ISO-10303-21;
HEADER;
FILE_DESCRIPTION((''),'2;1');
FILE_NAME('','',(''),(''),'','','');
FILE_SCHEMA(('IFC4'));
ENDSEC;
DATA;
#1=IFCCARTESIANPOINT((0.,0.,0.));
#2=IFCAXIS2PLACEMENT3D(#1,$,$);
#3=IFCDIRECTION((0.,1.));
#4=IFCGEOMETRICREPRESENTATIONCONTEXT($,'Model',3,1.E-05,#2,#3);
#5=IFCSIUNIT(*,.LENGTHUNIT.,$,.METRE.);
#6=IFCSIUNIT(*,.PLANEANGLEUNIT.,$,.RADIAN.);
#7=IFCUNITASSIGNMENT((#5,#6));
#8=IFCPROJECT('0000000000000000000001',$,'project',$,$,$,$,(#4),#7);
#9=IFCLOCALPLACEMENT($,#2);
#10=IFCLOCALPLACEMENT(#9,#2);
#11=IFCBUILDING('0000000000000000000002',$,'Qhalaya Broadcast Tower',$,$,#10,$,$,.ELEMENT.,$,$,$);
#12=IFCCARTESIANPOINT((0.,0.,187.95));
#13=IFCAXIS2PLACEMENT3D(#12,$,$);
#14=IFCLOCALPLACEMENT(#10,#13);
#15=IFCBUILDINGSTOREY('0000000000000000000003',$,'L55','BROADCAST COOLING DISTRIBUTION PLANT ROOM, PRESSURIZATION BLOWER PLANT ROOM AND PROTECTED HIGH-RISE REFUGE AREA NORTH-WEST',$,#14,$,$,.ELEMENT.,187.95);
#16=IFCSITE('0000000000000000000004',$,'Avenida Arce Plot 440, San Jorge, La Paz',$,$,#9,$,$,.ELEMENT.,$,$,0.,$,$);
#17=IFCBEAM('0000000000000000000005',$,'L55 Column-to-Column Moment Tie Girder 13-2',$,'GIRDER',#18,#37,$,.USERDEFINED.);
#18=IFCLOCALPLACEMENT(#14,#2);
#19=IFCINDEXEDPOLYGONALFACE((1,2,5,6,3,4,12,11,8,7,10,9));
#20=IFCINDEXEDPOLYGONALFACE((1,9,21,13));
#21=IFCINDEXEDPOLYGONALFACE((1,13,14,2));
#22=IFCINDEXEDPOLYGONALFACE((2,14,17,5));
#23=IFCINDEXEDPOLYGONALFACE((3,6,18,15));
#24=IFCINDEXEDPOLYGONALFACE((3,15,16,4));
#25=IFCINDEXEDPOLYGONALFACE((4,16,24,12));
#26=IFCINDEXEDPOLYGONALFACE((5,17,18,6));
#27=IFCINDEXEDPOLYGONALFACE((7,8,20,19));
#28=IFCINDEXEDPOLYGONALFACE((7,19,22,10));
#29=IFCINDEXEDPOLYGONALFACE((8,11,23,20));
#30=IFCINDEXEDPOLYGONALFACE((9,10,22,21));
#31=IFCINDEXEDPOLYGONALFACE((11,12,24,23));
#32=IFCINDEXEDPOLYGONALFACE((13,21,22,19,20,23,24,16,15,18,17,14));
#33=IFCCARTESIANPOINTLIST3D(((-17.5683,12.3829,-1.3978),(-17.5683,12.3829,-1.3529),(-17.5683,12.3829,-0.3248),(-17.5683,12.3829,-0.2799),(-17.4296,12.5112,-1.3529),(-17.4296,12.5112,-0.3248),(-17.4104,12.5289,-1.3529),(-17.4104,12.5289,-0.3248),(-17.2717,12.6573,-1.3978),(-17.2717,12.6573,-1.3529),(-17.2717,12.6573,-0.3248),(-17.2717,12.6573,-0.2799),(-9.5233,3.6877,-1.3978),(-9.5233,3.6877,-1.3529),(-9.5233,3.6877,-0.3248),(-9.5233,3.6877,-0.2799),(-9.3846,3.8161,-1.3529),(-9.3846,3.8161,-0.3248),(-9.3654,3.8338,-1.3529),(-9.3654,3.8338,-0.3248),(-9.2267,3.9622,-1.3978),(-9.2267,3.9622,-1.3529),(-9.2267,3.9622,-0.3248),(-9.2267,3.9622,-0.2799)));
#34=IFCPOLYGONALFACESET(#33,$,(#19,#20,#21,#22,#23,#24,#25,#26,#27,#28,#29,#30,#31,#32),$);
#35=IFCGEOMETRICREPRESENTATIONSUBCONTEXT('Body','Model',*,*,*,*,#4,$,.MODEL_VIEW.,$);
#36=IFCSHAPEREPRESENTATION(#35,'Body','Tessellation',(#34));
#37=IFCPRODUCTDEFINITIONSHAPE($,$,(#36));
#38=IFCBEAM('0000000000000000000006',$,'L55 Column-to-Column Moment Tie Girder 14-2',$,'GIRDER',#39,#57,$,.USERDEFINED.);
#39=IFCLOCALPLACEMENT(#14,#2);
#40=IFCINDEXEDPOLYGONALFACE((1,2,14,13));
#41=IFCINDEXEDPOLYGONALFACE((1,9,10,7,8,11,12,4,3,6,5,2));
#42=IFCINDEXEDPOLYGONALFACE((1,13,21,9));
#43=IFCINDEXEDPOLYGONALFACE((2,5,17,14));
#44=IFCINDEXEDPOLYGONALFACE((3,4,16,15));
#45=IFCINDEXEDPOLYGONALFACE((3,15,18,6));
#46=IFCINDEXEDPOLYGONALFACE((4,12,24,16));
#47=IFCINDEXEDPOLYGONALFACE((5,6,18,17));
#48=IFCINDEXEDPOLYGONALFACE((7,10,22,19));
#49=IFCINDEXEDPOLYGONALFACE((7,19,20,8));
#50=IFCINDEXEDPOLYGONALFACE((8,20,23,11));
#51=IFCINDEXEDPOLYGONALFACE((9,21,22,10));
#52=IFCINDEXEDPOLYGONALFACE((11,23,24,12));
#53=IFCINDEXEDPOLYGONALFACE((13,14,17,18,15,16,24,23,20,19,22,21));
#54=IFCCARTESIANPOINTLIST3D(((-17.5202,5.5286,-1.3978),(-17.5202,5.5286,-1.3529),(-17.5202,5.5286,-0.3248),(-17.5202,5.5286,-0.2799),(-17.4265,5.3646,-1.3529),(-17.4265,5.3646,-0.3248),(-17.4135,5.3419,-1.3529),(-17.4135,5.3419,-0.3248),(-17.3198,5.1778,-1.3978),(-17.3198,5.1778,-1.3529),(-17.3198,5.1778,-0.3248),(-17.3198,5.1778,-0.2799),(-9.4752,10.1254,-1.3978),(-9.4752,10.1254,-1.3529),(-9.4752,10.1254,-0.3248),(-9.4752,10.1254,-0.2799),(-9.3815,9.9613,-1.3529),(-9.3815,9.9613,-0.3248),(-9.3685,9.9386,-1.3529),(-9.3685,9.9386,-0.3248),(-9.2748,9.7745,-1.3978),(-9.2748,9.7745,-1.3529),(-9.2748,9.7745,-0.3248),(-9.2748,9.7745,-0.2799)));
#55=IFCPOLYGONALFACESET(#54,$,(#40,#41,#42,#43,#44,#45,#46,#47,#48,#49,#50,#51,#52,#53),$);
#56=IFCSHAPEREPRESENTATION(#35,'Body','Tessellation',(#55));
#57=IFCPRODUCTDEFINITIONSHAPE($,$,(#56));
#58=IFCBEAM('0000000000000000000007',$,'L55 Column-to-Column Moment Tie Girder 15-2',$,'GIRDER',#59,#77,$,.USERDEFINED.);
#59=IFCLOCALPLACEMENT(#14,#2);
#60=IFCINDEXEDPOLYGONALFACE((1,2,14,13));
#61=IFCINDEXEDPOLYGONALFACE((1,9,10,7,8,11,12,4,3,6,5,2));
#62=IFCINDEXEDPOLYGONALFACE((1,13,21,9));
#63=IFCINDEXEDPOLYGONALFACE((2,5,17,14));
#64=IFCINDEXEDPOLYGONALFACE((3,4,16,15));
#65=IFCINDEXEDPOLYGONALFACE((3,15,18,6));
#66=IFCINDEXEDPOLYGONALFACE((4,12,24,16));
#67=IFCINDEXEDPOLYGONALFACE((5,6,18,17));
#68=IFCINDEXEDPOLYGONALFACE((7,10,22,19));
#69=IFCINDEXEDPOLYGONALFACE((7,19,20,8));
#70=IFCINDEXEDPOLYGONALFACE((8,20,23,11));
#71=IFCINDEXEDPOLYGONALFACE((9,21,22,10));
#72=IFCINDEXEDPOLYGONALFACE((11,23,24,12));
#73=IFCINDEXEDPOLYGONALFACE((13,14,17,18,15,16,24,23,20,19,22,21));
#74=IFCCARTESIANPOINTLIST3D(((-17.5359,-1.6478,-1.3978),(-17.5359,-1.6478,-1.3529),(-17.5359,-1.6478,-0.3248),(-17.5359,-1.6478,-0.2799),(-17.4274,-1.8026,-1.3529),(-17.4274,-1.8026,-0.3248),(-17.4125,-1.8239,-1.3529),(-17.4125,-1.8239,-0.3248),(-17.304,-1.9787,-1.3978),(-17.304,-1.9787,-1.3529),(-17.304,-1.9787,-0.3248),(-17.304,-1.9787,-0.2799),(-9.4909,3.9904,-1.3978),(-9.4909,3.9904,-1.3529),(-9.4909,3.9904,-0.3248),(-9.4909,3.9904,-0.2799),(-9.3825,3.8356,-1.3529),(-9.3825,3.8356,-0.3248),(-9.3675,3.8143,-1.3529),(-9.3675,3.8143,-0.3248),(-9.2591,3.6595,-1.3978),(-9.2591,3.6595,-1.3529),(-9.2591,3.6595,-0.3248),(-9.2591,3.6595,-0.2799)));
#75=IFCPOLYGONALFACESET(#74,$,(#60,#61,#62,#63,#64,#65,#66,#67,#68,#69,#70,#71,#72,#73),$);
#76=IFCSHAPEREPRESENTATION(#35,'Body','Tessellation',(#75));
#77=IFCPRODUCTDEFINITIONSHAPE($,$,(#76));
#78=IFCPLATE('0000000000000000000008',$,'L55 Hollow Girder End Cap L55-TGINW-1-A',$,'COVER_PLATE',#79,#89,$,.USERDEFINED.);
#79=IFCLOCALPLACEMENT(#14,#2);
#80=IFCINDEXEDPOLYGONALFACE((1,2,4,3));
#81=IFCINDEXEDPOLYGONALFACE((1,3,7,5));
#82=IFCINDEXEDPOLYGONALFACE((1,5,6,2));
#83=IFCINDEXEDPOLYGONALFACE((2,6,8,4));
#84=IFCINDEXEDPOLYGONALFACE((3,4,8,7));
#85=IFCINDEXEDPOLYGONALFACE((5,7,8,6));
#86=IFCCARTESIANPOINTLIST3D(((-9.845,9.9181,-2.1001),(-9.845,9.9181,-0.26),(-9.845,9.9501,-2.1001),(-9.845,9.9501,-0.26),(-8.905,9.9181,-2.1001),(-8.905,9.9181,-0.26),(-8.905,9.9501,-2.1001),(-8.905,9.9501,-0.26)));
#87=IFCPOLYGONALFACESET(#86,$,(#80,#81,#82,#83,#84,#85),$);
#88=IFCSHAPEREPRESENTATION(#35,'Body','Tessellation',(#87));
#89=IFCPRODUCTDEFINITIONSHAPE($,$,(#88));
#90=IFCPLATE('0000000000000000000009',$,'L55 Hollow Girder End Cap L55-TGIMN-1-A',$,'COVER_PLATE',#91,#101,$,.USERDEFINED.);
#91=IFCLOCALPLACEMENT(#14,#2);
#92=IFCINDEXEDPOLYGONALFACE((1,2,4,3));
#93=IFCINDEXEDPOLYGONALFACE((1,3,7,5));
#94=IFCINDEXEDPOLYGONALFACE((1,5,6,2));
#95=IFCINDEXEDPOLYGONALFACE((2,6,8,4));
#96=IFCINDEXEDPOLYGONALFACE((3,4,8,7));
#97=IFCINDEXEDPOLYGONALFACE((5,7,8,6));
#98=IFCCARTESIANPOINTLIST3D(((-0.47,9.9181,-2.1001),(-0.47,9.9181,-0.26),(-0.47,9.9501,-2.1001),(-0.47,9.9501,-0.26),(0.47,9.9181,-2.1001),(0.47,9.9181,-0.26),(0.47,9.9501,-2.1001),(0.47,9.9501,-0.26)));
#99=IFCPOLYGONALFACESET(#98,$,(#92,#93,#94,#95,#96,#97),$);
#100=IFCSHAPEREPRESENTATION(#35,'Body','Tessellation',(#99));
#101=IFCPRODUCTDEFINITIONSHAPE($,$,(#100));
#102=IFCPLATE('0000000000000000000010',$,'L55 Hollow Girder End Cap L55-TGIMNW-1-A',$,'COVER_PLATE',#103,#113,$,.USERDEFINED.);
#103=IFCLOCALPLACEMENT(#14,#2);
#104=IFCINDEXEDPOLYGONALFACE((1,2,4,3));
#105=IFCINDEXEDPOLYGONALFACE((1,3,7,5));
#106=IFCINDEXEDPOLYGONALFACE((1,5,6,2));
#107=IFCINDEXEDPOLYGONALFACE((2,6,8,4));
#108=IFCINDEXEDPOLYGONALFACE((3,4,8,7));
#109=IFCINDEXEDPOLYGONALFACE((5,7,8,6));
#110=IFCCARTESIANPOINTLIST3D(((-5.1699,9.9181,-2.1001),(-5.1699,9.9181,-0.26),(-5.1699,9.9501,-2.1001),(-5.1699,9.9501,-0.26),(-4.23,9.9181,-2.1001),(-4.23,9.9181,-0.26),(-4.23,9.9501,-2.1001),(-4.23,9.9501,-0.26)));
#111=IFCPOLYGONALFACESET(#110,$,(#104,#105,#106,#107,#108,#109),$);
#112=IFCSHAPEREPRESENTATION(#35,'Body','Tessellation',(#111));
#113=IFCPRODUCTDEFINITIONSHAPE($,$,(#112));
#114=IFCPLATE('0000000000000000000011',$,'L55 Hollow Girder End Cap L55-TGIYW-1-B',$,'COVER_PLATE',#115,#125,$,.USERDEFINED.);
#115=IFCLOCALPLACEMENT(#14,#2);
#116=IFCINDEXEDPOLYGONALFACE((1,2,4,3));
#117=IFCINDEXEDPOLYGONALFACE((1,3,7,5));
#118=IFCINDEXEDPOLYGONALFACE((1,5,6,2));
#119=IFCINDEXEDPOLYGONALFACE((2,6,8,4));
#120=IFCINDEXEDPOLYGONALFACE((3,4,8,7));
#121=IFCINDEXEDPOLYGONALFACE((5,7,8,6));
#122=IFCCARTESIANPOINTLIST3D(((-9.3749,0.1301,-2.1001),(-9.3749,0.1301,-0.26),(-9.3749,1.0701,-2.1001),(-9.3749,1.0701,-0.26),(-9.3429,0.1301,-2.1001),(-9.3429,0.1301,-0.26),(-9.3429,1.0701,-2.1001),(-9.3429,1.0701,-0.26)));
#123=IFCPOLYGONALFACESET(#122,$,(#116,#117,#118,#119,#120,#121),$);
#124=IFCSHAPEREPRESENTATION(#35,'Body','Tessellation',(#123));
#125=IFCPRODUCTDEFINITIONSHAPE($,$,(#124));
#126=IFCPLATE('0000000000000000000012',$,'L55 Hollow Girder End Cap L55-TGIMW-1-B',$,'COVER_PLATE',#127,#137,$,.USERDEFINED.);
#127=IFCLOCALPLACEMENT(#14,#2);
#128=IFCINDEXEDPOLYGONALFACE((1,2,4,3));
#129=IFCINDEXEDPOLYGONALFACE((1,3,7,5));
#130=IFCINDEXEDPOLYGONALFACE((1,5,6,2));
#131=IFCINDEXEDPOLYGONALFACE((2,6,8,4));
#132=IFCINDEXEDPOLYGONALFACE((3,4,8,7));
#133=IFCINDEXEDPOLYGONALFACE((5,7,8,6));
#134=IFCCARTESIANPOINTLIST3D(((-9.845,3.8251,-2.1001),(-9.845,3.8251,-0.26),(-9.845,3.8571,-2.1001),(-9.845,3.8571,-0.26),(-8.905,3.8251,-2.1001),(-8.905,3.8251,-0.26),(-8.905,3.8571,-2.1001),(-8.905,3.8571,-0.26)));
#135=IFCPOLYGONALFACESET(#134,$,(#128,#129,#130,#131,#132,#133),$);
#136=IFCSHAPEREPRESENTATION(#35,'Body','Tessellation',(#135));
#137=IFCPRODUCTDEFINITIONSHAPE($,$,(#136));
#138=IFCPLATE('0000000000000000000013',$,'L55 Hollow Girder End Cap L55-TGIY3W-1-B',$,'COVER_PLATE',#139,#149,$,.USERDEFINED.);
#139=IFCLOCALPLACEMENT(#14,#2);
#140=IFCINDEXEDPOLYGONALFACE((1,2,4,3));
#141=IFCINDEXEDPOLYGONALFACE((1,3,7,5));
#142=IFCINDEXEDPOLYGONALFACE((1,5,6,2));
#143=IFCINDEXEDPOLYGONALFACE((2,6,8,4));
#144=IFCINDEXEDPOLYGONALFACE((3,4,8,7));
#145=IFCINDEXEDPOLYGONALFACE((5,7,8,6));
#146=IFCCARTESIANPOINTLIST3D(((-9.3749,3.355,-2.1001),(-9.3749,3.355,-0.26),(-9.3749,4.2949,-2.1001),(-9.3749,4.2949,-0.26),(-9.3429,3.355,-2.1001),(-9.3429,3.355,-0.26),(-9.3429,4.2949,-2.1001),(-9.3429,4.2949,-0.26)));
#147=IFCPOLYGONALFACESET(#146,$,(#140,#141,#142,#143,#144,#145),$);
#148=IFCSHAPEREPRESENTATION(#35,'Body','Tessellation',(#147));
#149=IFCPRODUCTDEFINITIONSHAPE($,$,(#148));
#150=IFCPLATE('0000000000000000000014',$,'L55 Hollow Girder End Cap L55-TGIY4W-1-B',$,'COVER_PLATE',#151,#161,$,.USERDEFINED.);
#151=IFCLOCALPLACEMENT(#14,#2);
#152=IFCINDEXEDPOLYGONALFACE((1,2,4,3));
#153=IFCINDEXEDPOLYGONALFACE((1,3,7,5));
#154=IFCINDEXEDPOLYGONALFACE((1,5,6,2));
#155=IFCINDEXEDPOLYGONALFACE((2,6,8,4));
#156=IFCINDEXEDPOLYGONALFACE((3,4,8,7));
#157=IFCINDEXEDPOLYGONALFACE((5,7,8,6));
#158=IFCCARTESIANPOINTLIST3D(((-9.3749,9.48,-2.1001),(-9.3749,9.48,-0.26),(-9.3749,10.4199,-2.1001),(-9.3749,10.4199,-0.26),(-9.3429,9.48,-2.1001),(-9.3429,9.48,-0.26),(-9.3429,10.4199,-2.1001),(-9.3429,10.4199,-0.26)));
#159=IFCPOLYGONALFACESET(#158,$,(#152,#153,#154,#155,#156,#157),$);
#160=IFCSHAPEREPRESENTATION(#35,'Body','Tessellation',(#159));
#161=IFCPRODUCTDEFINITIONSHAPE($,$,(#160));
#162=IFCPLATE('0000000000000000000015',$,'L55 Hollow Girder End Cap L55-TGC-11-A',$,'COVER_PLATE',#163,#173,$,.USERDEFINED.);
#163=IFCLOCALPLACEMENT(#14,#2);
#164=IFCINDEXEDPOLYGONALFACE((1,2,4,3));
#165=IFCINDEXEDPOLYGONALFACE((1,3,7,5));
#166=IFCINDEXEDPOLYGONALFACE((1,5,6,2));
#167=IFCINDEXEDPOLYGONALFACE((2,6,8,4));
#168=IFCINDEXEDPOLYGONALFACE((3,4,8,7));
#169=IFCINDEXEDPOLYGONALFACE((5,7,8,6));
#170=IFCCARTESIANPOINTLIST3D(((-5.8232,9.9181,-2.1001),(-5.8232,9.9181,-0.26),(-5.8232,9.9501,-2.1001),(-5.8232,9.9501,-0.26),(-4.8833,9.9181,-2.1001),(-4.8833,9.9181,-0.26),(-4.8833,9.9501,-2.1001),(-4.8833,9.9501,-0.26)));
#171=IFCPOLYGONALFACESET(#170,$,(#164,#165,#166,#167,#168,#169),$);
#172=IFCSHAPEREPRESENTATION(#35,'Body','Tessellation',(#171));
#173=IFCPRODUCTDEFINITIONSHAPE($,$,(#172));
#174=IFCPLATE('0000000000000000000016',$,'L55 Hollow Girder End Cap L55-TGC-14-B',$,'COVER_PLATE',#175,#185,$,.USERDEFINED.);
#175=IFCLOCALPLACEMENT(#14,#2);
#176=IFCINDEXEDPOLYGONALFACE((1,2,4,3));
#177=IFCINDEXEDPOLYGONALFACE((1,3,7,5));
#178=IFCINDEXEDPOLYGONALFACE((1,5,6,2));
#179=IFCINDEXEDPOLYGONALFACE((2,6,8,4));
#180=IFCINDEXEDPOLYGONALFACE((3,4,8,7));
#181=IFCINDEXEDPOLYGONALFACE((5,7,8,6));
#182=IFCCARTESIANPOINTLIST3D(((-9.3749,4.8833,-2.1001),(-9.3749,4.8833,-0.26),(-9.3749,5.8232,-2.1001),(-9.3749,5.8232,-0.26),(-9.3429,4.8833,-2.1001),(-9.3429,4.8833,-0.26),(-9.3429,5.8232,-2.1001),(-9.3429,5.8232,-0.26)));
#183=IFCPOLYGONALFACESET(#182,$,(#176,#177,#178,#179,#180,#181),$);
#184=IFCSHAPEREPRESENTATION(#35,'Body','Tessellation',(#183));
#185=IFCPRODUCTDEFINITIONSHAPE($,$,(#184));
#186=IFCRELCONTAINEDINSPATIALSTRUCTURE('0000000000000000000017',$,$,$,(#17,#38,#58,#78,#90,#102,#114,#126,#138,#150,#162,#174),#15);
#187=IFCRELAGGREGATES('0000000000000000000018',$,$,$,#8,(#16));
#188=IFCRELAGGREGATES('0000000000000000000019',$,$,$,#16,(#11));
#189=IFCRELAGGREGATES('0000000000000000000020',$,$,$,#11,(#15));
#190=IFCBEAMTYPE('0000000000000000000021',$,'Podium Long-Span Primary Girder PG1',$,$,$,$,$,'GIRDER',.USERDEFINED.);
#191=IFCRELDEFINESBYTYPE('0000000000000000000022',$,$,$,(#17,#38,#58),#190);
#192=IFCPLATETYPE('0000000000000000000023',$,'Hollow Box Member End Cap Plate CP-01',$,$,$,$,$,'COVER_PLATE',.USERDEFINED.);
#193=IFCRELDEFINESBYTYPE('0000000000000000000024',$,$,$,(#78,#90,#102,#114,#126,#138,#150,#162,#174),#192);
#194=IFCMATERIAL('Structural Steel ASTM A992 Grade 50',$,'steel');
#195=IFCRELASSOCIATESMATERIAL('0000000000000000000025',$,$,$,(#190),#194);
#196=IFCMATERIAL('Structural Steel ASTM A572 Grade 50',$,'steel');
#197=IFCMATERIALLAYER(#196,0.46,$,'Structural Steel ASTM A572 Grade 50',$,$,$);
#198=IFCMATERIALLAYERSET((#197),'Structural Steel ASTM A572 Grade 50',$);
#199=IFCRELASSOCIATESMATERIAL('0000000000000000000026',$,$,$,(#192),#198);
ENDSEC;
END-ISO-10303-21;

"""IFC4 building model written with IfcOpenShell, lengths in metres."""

from ifc_helpers import new_model, si_unit, direction, frame, origin, origin_2d, place, context, subcontext, project, spatial, rectangle, i_section, extrude, material, layer, layer_set, material_profile, profile_set, type_object, element, save


model = new_model("IFC4")

# Units and contexts
model_context = context("Model", 3, precision=1e-05, world=origin(), true_north=direction((0.0, 1.0)))
body_context = subcontext(model_context, "Body", "Model", "MODEL_VIEW")
ifc_project = project(units=[si_unit("LENGTHUNIT", "METRE"), si_unit("PLANEANGLEUNIT", "RADIAN")], contexts=[model_context])

# Site, building, storey
site_placement = place(None, origin())
site = spatial("IfcSite", under=ifc_project, at=site_placement, Name="Avenida Arce Plot 440, San Jorge, La Paz", CompositionType="ELEMENT", RefElevation=0.0)
building_placement = place(site_placement, origin())
building = spatial("IfcBuilding", under=site, at=building_placement, Name="Qhalaya Broadcast Tower", CompositionType="ELEMENT")
storey_placement = place(building_placement, frame((0.0, 0.0, 187.95)))
storey = spatial("IfcBuildingStorey", under=building, at=storey_placement, Name="L55", Description="BROADCAST COOLING DISTRIBUTION PLANT ROOM, PRESSURIZATION BLOWER PLANT ROOM AND PROTECTED HIGH-RISE REFUGE AREA NORTH-WEST", CompositionType="ELEMENT", Elevation=187.95)

# Beams
ifc_material_1 = material(Name="Structural Steel ASTM A572 Grade 50", Category="steel")
ifc_material_2 = material(Name="Structural Steel ASTM A992 Grade 50", Category="steel")
ifc_material_profile_1 = material_profile(ifc_material_2, i_section(OverallWidth=0.4041, OverallDepth=1.1179, WebThickness=0.0261, FlangeThickness=0.0449, at=origin_2d()), Name="W44X335")
ifc_profile_set_1 = profile_set([ifc_material_profile_1], Name="Structural Steel ASTM A992 Grade 50")
beam_type_1 = type_object("IfcBeamType", Name="Podium Long-Span Primary Girder PG1", ElementType="GIRDER", PredefinedType="USERDEFINED", material=ifc_profile_set_1)
beam_1_placement = place(storey_placement, frame((-9.375, 3.825, -0.8389), z_axis=(-0.679132, 0.734016, 0.0), x_axis=(-0.734016, -0.679132, 0.0)))
element("IfcBeam", 1, at=beam_1_placement, inside=storey, type_object=beam_type_1, Name="L55 Column-to-Column Moment Tie Girder 13-2", ObjectType="GIRDER", PredefinedType="USERDEFINED", context=body_context, shape_type="SweptSolid", body=[
    extrude(i_section(OverallWidth=0.4041, OverallDepth=1.1179, WebThickness=0.0261, FlangeThickness=0.0449, at=origin_2d()), origin(), (0.0, 0.0, 1.0), 11.8459),
])
beam_2_placement = place(storey_placement, frame((-9.375, 9.95, -0.8389), z_axis=(-0.868263, -0.496105, 0.0), x_axis=(0.496105, -0.868263, 0.0)))
element("IfcBeam", 2, at=beam_2_placement, inside=storey, type_object=beam_type_1, Name="L55 Column-to-Column Moment Tie Girder 14-2", ObjectType="GIRDER", PredefinedType="USERDEFINED", context=body_context, shape_type="SweptSolid", body=[
    extrude(i_section(OverallWidth=0.4041, OverallDepth=1.1179, WebThickness=0.0261, FlangeThickness=0.0449, at=origin_2d()), origin(), (0.0, 0.0, 1.0), 9.2656),
])
beam_3_placement = place(storey_placement, frame((-9.375, 3.825, -0.8389), z_axis=(-0.81891, -0.573923, 0.0), x_axis=(0.573923, -0.81891, 0.0)))
element("IfcBeam", 3, at=beam_3_placement, inside=storey, type_object=beam_type_1, Name="L55 Column-to-Column Moment Tie Girder 15-2", ObjectType="GIRDER", PredefinedType="USERDEFINED", context=body_context, shape_type="SweptSolid", body=[
    extrude(i_section(OverallWidth=0.4041, OverallDepth=1.1179, WebThickness=0.0261, FlangeThickness=0.0449, at=origin_2d()), origin(), (0.0, 0.0, 1.0), 9.824),
])

# Plates
ifc_layer_1 = layer(ifc_material_1, 0.46, Name="Structural Steel ASTM A572 Grade 50")
ifc_layer_set_1 = layer_set([ifc_layer_1], Name="Structural Steel ASTM A572 Grade 50")
plate_type = type_object("IfcPlateType", Name="Hollow Box Member End Cap Plate CP-01", ElementType="COVER_PLATE", PredefinedType="USERDEFINED", material=ifc_layer_set_1)
for number, where, z_axis, x_axis, name in (
    (4, (-9.375, 9.9341, -2.1001), (0.0, 0.0, 1.0), (-1.0, 0.0, 0.0), "L55 Hollow Girder End Cap L55-TGINW-1-A"),
    (5, (0.0, 9.9341, -2.1001), (0.0, 0.0, 1.0), (-1.0, 0.0, 0.0), "L55 Hollow Girder End Cap L55-TGIMN-1-A"),
    (6, (-4.7, 9.9341, -2.1001), (0.0, 0.0, 1.0), (-1.0, 0.0, 0.0), "L55 Hollow Girder End Cap L55-TGIMNW-1-A"),
    (7, (-9.3589, 0.6001, -2.1001), (0.0, 0.0, 1.0), (0.0, 1.0, 0.0), "L55 Hollow Girder End Cap L55-TGIYW-1-B"),
    (8, (-9.375, 3.8411, -2.1001), (0.0, 0.0, 1.0), (-1.0, 0.0, 0.0), "L55 Hollow Girder End Cap L55-TGIMW-1-B"),
    (9, (-9.3589, 3.825, -2.1001), (0.0, 0.0, 1.0), (0.0, 1.0, 0.0), "L55 Hollow Girder End Cap L55-TGIY3W-1-B"),
    (10, (-9.3589, 9.95, -2.1001), (0.0, 0.0, 1.0), (0.0, 1.0, 0.0), "L55 Hollow Girder End Cap L55-TGIY4W-1-B"),
    (11, (-5.3533, 9.9341, -2.1001), (0.0, 0.0, 1.0), (-1.0, 0.0, 0.0), "L55 Hollow Girder End Cap L55-TGC-11-A"),
    (12, (-9.3589, 5.3533, -2.1001), (0.0, 0.0, 1.0), (0.0, 1.0, 0.0), "L55 Hollow Girder End Cap L55-TGC-14-B"),
):
    element("IfcPlate", number, at=place(storey_placement, frame(where, z_axis=z_axis, x_axis=x_axis)), inside=storey, type_object=plate_type, Name=name, ObjectType="COVER_PLATE", PredefinedType="USERDEFINED", context=body_context, shape_type="SweptSolid", body=[
        extrude(rectangle(XDim=0.9399, YDim=0.032, at=origin_2d()), origin(), (0.0, 0.0, 1.0), 1.8401),
    ])

save(model, "model.ifc")
